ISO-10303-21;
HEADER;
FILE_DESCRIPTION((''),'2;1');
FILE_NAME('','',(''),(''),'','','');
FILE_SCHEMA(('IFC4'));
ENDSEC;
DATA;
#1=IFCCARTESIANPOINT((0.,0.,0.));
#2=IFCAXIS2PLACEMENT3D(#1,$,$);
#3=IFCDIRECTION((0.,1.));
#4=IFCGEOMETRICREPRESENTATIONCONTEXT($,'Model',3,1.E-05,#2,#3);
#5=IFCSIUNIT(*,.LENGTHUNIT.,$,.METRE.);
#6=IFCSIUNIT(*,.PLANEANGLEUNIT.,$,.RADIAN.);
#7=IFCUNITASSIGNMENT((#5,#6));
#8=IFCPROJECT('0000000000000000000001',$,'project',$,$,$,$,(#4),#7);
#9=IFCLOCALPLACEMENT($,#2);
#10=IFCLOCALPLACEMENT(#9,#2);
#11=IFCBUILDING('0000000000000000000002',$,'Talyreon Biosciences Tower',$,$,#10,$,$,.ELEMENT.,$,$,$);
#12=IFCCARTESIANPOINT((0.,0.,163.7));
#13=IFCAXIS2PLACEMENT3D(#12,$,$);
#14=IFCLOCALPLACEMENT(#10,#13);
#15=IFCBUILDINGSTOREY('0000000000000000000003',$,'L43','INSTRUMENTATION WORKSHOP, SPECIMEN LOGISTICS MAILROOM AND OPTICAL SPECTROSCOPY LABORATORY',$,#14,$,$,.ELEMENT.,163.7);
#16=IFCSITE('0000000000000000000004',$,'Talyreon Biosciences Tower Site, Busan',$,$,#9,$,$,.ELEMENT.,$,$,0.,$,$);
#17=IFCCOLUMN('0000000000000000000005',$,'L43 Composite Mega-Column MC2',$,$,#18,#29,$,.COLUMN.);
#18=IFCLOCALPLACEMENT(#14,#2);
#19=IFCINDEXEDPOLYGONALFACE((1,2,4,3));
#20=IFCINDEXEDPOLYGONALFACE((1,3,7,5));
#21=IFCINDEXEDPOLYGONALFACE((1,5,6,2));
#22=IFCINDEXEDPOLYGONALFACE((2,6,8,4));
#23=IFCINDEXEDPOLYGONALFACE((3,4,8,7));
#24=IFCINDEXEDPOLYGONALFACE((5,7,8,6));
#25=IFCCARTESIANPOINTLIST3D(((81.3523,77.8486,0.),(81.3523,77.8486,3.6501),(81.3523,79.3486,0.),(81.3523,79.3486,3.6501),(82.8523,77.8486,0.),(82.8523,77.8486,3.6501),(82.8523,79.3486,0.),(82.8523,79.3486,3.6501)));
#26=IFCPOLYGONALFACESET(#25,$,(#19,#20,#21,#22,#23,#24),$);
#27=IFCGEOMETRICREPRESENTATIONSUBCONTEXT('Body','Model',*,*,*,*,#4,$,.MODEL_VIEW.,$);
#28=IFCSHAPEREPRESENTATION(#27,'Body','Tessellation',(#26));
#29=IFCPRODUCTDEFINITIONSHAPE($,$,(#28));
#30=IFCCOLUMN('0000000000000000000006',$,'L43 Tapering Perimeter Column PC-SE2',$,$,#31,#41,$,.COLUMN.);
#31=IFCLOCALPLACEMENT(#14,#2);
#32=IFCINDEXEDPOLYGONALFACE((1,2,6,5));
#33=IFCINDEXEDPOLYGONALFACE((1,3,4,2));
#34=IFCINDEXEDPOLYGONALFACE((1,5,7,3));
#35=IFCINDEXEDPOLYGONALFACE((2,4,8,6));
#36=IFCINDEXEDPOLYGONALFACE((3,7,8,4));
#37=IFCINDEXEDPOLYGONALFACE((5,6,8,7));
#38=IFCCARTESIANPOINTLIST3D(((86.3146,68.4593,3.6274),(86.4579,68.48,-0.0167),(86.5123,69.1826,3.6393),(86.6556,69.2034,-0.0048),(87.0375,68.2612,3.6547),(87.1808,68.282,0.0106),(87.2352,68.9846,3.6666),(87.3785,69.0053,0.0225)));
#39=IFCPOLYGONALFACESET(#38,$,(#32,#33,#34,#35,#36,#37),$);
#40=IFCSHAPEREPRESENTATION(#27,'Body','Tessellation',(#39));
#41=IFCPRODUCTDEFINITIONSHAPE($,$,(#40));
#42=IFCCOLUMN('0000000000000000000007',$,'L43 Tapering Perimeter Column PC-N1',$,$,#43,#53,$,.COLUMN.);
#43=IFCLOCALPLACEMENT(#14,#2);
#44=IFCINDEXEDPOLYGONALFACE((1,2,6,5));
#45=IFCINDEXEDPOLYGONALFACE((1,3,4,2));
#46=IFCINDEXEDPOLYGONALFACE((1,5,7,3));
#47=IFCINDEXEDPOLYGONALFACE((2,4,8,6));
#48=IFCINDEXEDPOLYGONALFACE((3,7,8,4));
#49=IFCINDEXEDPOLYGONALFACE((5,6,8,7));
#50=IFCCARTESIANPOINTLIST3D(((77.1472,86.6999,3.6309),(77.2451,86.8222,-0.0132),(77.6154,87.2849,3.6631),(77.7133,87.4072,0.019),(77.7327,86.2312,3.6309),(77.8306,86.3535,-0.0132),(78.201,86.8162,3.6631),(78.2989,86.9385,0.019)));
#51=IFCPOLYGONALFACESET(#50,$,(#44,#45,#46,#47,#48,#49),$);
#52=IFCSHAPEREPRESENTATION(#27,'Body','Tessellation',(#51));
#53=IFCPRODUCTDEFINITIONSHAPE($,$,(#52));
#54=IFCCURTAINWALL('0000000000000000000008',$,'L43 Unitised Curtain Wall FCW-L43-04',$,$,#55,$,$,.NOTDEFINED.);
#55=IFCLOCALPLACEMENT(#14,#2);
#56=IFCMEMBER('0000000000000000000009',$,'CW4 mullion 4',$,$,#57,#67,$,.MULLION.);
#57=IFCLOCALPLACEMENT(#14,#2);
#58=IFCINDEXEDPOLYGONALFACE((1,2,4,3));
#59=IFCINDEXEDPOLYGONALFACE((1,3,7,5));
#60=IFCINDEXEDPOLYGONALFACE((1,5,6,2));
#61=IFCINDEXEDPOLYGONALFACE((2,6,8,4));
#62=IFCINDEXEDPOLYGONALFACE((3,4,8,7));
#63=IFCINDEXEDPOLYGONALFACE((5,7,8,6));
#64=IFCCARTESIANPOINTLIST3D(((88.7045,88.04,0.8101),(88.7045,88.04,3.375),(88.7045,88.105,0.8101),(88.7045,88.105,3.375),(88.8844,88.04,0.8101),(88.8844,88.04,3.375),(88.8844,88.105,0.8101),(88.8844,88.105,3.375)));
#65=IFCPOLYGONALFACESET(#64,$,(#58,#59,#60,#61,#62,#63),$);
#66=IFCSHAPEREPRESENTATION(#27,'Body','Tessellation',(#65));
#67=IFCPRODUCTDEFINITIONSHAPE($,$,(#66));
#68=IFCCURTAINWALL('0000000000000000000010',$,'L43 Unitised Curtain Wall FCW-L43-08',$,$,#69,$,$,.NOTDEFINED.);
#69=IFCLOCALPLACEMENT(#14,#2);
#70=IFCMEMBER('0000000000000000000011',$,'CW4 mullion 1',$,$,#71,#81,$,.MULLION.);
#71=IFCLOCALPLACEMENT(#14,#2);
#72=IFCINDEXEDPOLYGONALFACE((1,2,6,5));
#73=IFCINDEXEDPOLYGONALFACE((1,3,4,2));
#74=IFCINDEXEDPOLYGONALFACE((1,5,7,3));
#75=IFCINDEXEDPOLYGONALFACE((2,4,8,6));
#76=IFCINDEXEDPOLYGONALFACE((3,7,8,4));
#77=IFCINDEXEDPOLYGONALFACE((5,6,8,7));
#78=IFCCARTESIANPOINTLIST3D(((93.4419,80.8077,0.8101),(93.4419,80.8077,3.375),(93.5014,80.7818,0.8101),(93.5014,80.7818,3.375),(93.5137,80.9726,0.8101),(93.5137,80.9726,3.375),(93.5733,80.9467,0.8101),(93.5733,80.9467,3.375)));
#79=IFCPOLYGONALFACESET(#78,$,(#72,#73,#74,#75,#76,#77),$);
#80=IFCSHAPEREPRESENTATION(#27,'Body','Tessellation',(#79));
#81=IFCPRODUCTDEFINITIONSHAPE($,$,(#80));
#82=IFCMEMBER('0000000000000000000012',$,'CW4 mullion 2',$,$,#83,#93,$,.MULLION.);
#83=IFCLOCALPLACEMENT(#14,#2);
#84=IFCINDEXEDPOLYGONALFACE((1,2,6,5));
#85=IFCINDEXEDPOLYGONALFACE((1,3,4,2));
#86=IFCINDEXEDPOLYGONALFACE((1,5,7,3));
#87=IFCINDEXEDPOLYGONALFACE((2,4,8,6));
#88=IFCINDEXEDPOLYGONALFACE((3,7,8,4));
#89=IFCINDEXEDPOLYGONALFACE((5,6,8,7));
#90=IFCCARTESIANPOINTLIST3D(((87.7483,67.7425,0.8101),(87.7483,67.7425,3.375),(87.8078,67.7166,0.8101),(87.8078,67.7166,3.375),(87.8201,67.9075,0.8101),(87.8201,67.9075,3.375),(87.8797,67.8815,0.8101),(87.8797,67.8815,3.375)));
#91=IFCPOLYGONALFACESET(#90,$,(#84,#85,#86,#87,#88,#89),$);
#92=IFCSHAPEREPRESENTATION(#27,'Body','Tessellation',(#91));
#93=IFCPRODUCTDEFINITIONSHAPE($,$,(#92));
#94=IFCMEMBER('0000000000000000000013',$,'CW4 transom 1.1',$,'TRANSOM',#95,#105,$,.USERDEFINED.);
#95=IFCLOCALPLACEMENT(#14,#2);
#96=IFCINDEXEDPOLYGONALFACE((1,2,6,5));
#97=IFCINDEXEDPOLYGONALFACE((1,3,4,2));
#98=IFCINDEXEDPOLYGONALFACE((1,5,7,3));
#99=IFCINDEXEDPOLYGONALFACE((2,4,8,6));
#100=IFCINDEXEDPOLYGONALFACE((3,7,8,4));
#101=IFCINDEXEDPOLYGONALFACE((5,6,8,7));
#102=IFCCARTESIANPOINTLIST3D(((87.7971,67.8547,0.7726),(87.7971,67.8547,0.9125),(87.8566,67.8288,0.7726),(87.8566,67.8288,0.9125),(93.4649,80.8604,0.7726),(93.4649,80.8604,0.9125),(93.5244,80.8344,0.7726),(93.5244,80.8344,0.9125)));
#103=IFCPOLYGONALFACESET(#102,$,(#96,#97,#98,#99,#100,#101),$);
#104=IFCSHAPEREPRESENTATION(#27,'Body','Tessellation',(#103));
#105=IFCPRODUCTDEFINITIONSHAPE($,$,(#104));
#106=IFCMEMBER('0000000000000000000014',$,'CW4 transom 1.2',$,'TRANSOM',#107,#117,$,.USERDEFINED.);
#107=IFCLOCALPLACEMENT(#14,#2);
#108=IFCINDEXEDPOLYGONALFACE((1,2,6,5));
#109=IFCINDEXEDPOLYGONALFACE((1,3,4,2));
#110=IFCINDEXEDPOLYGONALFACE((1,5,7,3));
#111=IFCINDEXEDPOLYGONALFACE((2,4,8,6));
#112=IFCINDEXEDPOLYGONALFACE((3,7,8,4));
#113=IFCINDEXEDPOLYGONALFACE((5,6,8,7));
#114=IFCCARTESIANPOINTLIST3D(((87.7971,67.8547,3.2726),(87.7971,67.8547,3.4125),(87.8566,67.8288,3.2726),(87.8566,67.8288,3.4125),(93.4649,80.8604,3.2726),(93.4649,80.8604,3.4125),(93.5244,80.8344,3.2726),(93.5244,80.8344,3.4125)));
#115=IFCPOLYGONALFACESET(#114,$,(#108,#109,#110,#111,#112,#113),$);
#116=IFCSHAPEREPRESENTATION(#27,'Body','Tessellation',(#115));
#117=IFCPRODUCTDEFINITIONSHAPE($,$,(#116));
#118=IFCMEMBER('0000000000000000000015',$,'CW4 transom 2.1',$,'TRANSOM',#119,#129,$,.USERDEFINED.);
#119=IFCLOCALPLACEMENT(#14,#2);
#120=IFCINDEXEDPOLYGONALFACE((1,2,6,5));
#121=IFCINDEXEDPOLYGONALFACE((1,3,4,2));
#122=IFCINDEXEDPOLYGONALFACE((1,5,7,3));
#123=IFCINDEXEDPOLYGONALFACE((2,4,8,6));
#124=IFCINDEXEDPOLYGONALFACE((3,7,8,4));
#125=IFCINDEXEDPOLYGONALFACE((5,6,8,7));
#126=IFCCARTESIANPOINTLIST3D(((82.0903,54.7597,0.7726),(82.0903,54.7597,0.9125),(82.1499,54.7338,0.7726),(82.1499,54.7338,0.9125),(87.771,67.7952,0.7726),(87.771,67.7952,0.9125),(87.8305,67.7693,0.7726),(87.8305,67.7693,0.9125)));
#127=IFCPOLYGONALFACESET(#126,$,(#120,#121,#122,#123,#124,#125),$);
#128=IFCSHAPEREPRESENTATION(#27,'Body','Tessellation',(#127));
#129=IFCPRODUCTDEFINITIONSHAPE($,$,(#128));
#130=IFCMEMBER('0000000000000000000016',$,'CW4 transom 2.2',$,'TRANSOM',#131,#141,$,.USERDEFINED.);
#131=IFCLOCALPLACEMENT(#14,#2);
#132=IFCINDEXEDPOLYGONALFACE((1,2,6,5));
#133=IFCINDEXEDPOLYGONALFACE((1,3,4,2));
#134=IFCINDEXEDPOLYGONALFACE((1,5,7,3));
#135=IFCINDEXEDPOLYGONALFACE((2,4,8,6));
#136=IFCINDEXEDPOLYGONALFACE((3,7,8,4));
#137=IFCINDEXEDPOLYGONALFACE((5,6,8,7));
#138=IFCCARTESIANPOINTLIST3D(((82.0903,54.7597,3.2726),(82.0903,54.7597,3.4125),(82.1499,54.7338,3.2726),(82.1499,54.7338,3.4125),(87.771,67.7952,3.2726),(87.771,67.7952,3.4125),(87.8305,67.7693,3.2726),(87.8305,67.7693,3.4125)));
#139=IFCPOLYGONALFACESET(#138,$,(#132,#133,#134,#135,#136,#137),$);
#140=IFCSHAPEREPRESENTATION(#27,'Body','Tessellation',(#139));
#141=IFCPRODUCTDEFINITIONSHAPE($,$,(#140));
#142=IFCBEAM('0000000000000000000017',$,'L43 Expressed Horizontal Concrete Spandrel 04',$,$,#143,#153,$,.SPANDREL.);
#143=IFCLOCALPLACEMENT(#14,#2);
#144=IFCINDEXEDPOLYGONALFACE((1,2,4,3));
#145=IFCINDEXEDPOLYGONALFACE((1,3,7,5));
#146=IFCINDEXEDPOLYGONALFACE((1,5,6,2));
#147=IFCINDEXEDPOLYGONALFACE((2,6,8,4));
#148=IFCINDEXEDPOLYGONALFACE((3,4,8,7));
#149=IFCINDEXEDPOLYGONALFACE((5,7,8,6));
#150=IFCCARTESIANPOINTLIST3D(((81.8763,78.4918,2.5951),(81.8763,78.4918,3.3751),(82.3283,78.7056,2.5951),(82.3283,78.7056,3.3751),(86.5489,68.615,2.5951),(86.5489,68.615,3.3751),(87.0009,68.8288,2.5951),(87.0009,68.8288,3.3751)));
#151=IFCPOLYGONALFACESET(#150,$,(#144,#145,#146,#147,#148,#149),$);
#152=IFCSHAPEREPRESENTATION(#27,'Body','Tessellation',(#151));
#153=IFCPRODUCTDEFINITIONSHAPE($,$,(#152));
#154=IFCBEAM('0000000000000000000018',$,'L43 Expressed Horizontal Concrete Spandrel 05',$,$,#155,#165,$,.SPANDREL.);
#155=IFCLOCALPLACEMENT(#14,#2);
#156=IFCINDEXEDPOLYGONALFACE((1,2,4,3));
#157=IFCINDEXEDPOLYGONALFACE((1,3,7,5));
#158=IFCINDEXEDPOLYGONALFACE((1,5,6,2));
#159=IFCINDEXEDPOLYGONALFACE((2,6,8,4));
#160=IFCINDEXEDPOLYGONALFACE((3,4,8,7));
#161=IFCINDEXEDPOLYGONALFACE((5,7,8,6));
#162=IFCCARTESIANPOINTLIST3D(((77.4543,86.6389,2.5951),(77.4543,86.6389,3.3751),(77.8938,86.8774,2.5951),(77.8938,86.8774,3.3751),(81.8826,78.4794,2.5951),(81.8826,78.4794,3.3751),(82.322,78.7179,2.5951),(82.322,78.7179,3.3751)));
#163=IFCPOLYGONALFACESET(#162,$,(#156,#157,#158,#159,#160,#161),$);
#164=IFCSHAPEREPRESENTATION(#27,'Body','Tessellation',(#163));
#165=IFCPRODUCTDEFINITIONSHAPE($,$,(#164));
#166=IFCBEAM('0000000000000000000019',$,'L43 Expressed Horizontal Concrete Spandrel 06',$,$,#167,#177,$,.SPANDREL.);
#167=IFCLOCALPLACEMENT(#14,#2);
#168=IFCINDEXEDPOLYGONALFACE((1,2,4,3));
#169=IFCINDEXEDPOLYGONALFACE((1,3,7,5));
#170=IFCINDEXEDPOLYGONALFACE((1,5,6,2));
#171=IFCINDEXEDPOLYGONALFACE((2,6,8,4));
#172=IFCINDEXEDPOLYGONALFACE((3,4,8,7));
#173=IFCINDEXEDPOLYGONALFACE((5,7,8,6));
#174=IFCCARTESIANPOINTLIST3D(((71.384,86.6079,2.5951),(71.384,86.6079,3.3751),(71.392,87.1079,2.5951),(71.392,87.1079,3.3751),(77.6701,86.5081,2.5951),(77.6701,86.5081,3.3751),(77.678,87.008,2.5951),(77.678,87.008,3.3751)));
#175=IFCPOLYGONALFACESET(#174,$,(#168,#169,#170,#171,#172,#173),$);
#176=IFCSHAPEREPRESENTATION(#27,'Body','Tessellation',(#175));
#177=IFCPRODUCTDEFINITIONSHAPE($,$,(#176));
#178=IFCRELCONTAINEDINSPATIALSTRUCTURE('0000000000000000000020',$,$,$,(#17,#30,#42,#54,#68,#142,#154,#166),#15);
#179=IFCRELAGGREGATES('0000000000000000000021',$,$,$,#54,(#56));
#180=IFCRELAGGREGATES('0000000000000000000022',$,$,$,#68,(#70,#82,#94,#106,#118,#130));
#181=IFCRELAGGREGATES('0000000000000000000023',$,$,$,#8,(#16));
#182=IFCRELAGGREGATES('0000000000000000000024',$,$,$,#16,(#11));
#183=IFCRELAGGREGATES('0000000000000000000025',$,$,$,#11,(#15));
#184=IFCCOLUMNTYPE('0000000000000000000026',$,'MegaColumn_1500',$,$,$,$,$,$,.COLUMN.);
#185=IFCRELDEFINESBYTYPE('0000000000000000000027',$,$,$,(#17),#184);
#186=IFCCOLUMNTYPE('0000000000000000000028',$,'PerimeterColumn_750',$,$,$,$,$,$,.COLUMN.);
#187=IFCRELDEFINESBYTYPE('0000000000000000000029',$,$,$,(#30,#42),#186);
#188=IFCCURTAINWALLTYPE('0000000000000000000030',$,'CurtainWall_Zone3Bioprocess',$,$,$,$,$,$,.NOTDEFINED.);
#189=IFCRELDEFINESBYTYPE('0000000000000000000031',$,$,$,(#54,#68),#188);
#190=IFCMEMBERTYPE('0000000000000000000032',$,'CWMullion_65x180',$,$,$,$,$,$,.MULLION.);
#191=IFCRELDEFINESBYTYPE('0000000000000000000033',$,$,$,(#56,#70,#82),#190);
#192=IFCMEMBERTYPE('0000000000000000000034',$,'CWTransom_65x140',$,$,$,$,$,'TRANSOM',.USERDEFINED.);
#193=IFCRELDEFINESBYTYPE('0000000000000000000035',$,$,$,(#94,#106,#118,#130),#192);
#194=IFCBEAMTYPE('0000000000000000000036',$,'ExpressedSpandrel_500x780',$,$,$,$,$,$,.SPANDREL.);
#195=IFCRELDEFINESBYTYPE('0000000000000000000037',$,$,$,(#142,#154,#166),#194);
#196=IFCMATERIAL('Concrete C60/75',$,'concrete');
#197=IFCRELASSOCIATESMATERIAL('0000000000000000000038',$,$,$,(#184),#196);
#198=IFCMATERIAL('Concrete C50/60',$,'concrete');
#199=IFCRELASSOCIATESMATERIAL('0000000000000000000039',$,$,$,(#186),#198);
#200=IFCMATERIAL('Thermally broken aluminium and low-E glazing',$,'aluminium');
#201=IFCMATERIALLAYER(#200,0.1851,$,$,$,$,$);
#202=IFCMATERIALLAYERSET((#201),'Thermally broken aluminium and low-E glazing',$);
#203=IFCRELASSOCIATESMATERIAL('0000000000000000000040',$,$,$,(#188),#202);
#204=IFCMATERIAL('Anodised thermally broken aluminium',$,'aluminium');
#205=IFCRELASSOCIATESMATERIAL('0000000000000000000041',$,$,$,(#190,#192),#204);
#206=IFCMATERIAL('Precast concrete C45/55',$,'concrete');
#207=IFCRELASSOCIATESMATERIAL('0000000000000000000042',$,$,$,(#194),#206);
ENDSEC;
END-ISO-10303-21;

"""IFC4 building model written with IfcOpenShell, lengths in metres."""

from ifc_helpers import new_model, si_unit, direction, frame, origin, origin_2d, place, context, subcontext, project, spatial, rectangle, extrude, material, layer, layer_set, material_profile, profile_set, type_object, element, aggregate, save


model = new_model("IFC4")

# Units and contexts
model_context = context("Model", 3, precision=1e-05, world=origin(), true_north=direction((0.0, 1.0)))
body_context = subcontext(model_context, "Body", "Model", "MODEL_VIEW")
ifc_project = project(units=[si_unit("LENGTHUNIT", "METRE"), si_unit("PLANEANGLEUNIT", "RADIAN")], contexts=[model_context])

# Site, building, storey
site_placement = place(None, origin())
site = spatial("IfcSite", under=ifc_project, at=site_placement, Name="Talyreon Biosciences Tower Site, Busan", CompositionType="ELEMENT", RefElevation=0.0)
building_placement = place(site_placement, origin())
building = spatial("IfcBuilding", under=site, at=building_placement, Name="Talyreon Biosciences Tower", CompositionType="ELEMENT")
storey_placement = place(building_placement, frame((0.0, 0.0, 163.7)))
storey = spatial("IfcBuildingStorey", under=building, at=storey_placement, Name="L43", Description="INSTRUMENTATION WORKSHOP, SPECIMEN LOGISTICS MAILROOM AND OPTICAL SPECTROSCOPY LABORATORY", CompositionType="ELEMENT", Elevation=163.7)

# Columns
ifc_material_1 = material(Name="Concrete C60/75", Category="concrete")
ifc_material_profile_1 = material_profile(ifc_material_1, rectangle(XDim=1.5, YDim=1.5, at=origin_2d()), Name="RC 1500x1500")
ifc_profile_set_1 = profile_set([ifc_material_profile_1], Name="Concrete C60/75")
column_type_1 = type_object("IfcColumnType", Name="MegaColumn_1500", PredefinedType="COLUMN", material=ifc_profile_set_1)
column_1_placement = place(storey_placement, frame((82.1023, 78.5986, 0.0), z_axis=(0.0, 0.0, 1.0), x_axis=(1.0, 0.0, 0.0)))
element("IfcColumn", 1, at=column_1_placement, inside=storey, type_object=column_type_1, Name="L43 Composite Mega-Column MC2", PredefinedType="COLUMN", context=body_context, shape_type="SweptSolid", body=[
    extrude(rectangle(XDim=1.5, YDim=1.5, at=origin_2d()), origin(), (0.0, 0.0, 1.0), 3.6501),
])
ifc_material_2 = material(Name="Concrete C50/60", Category="concrete")
ifc_material_profile_2 = material_profile(ifc_material_2, rectangle(XDim=0.75, YDim=0.75, at=origin_2d()), Name="RC 750x750")
ifc_profile_set_2 = profile_set([ifc_material_profile_2], Name="Concrete C50/60")
column_type_2 = type_object("IfcColumnType", Name="PerimeterColumn_750", PredefinedType="COLUMN", material=ifc_profile_set_2)
column_2_placement = place(storey_placement, frame((86.9182, 68.7427, 0.0029), z_axis=(-0.039296, -0.00569, 0.999211), x_axis=(0.963825, -0.264037, 0.036401)))
element("IfcColumn", 2, at=column_2_placement, inside=storey, type_object=column_type_2, Name="L43 Tapering Perimeter Column PC-SE2", PredefinedType="COLUMN", context=body_context, shape_type="SweptSolid", body=[
    extrude(rectangle(XDim=0.75, YDim=0.75, at=origin_2d()), origin(), (0.0, 0.0, 1.0), 3.647),
])
column_3_placement = place(storey_placement, frame((77.772, 86.8804, 0.0029), z_axis=(-0.026841, -0.033535, 0.999077), x_axis=(-0.780717, 0.624885, 0.0)))
element("IfcColumn", 3, at=column_3_placement, inside=storey, type_object=column_type_2, Name="L43 Tapering Perimeter Column PC-N1", PredefinedType="COLUMN", context=body_context, shape_type="SweptSolid", body=[
    extrude(rectangle(XDim=0.75, YDim=0.75, at=origin_2d()), origin(), (0.0, 0.0, 1.0), 3.6475),
])

# Curtain wall, member
ifc_material_3 = material(Name="Thermally broken aluminium and low-E glazing", Category="aluminium")
ifc_layer_1 = layer(ifc_material_3, 0.1851)
ifc_layer_set_1 = layer_set([ifc_layer_1], Name="Thermally broken aluminium and low-E glazing")
curtain_wall_type = type_object("IfcCurtainWallType", Name="CurtainWall_Zone3Bioprocess", PredefinedType="NOTDEFINED", material=ifc_layer_set_1)
curtain_wall_1_placement = place(storey_placement, origin())
curtain_wall_1 = element("IfcCurtainWall", 4, at=curtain_wall_1_placement, inside=storey, type_object=curtain_wall_type, Name="L43 Unitised Curtain Wall FCW-L43-04", PredefinedType="NOTDEFINED")
ifc_material_4 = material(Name="Anodised thermally broken aluminium", Category="aluminium")
ifc_material_profile_3 = material_profile(ifc_material_4, rectangle(XDim=0.0649, YDim=0.1799, at=origin_2d()), Name="ALUM MULLION 65x180")
ifc_profile_set_3 = profile_set([ifc_material_profile_3], Name="Anodised thermally broken aluminium")
member_type_1 = type_object("IfcMemberType", Name="CWMullion_65x180", PredefinedType="MULLION", material=ifc_profile_set_3)
member_1_placement = place(storey_placement, frame((88.7944, 88.0725, 0.8101), z_axis=(0.0, 0.0, 1.0), x_axis=(0.0, 1.0, 0.0)))
member_1 = element("IfcMember", 5, at=member_1_placement, type_object=member_type_1, Name="CW4 mullion 4", PredefinedType="MULLION", context=body_context, shape_type="SweptSolid", body=[
    extrude(rectangle(XDim=0.0649, YDim=0.1799, at=origin_2d()), origin(), (0.0, 0.0, 1.0), 2.5649),
])

# Curtain wall, members
curtain_wall_2_placement = place(storey_placement, origin())
curtain_wall_2 = element("IfcCurtainWall", 6, at=curtain_wall_2_placement, inside=storey, type_object=curtain_wall_type, Name="L43 Unitised Curtain Wall FCW-L43-08", PredefinedType="NOTDEFINED")
member_2_placement = place(storey_placement, frame((93.5076, 80.8772, 0.8101), z_axis=(0.0, 0.0, 1.0), x_axis=(0.916731, -0.399505, 0.0)))
member_2 = element("IfcMember", 7, at=member_2_placement, type_object=member_type_1, Name="CW4 mullion 1", PredefinedType="MULLION", context=body_context, shape_type="SweptSolid", body=[
    extrude(rectangle(XDim=0.0649, YDim=0.1799, at=origin_2d()), origin(), (0.0, 0.0, 1.0), 2.5649),
])
member_3_placement = place(storey_placement, frame((87.814, 67.812, 0.8101), z_axis=(0.0, 0.0, 1.0), x_axis=(0.916731, -0.399505, 0.0)))
member_3 = element("IfcMember", 8, at=member_3_placement, type_object=member_type_1, Name="CW4 mullion 2", PredefinedType="MULLION", context=body_context, shape_type="SweptSolid", body=[
    extrude(rectangle(XDim=0.0649, YDim=0.1799, at=origin_2d()), origin(), (0.0, 0.0, 1.0), 2.5649),
])
ifc_material_profile_4 = material_profile(ifc_material_4, rectangle(XDim=0.0649, YDim=0.1399, at=origin_2d()), Name="ALUM TRANSOM 65x140")
ifc_profile_set_4 = profile_set([ifc_material_profile_4], Name="Anodised thermally broken aluminium")
member_type_2 = type_object("IfcMemberType", Name="CWTransom_65x140", ElementType="TRANSOM", PredefinedType="USERDEFINED", material=ifc_profile_set_4)
member_4_placement = place(storey_placement, frame((93.4946, 80.8474, 0.8425), z_axis=(-0.399503, -0.916732, 0.0), x_axis=(0.916732, -0.399503, 0.0)))
member_4 = element("IfcMember", 9, at=member_4_placement, type_object=member_type_2, Name="CW4 transom 1.1", ObjectType="TRANSOM", PredefinedType="USERDEFINED", context=body_context, shape_type="SweptSolid", body=[
    extrude(rectangle(XDim=0.0649, YDim=0.1399, at=origin_2d()), origin(), (0.0, 0.0, 1.0), 14.187),
])
member_5_placement = place(storey_placement, frame((93.4946, 80.8474, 3.3425), z_axis=(-0.399503, -0.916732, 0.0), x_axis=(0.916732, -0.399503, 0.0)))
member_5 = element("IfcMember", 10, at=member_5_placement, type_object=member_type_2, Name="CW4 transom 1.2", ObjectType="TRANSOM", PredefinedType="USERDEFINED", context=body_context, shape_type="SweptSolid", body=[
    extrude(rectangle(XDim=0.0649, YDim=0.1399, at=origin_2d()), origin(), (0.0, 0.0, 1.0), 14.187),
])
member_6_placement = place(storey_placement, frame((87.8008, 67.7822, 0.8425), z_axis=(-0.399501, -0.916733, 0.0), x_axis=(0.916733, -0.399501, 0.0)))
member_6 = element("IfcMember", 11, at=member_6_placement, type_object=member_type_2, Name="CW4 transom 2.1", ObjectType="TRANSOM", PredefinedType="USERDEFINED", context=body_context, shape_type="SweptSolid", body=[
    extrude(rectangle(XDim=0.0649, YDim=0.1399, at=origin_2d()), origin(), (0.0, 0.0, 1.0), 14.2195),
])
member_7_placement = place(storey_placement, frame((87.8008, 67.7822, 3.3425), z_axis=(-0.399501, -0.916733, 0.0), x_axis=(0.916733, -0.399501, 0.0)))
member_7 = element("IfcMember", 12, at=member_7_placement, type_object=member_type_2, Name="CW4 transom 2.2", ObjectType="TRANSOM", PredefinedType="USERDEFINED", context=body_context, shape_type="SweptSolid", body=[
    extrude(rectangle(XDim=0.0649, YDim=0.1399, at=origin_2d()), origin(), (0.0, 0.0, 1.0), 14.2195),
])

# Beams
ifc_material_5 = material(Name="Precast concrete C45/55", Category="concrete")
ifc_material_profile_5 = material_profile(ifc_material_5, rectangle(XDim=0.5, YDim=0.78, at=origin_2d()), Name="RCB 500x780")
ifc_profile_set_5 = profile_set([ifc_material_profile_5], Name="Precast concrete C45/55")
beam_type_1 = type_object("IfcBeamType", Name="ExpressedSpandrel_500x780", PredefinedType="SPANDREL", material=ifc_profile_set_5)
beam_1_placement = place(storey_placement, frame((86.7749, 68.7219, 2.9851), z_axis=(-0.42765, 0.903944, 0.0), x_axis=(-0.903944, -0.42765, 0.0)))
element("IfcBeam", 13, at=beam_1_placement, inside=storey, type_object=beam_type_1, Name="L43 Expressed Horizontal Concrete Spandrel 04", PredefinedType="SPANDREL", context=body_context, shape_type="SweptSolid", body=[
    extrude(rectangle(XDim=0.5, YDim=0.78, at=origin_2d()), origin(), (0.0, 0.0, 1.0), 10.9263),
])
beam_2_placement = place(storey_placement, frame((82.1023, 78.5986, 2.9851), z_axis=(-0.476994, 0.878907, 0.0), x_axis=(-0.878907, -0.476994, 0.0)))
element("IfcBeam", 14, at=beam_2_placement, inside=storey, type_object=beam_type_1, Name="L43 Expressed Horizontal Concrete Spandrel 05", PredefinedType="SPANDREL", context=body_context, shape_type="SweptSolid", body=[
    extrude(rectangle(XDim=0.5, YDim=0.78, at=origin_2d()), origin(), (0.0, 0.0, 1.0), 9.2837),
])
beam_3_placement = place(storey_placement, frame((77.6741, 86.7581, 2.9851), z_axis=(-0.999874, 0.015883, 0.0), x_axis=(-0.015883, -0.999874, 0.0)))
element("IfcBeam", 15, at=beam_3_placement, inside=storey, type_object=beam_type_1, Name="L43 Expressed Horizontal Concrete Spandrel 06", PredefinedType="SPANDREL", context=body_context, shape_type="SweptSolid", body=[
    extrude(rectangle(XDim=0.5, YDim=0.78, at=origin_2d()), origin(), (0.0, 0.0, 1.0), 6.2869),
])

aggregate(curtain_wall_1, [member_1])
aggregate(curtain_wall_2, [member_2, member_3, member_4, member_5, member_6, member_7])

save(model, "model.ifc")
